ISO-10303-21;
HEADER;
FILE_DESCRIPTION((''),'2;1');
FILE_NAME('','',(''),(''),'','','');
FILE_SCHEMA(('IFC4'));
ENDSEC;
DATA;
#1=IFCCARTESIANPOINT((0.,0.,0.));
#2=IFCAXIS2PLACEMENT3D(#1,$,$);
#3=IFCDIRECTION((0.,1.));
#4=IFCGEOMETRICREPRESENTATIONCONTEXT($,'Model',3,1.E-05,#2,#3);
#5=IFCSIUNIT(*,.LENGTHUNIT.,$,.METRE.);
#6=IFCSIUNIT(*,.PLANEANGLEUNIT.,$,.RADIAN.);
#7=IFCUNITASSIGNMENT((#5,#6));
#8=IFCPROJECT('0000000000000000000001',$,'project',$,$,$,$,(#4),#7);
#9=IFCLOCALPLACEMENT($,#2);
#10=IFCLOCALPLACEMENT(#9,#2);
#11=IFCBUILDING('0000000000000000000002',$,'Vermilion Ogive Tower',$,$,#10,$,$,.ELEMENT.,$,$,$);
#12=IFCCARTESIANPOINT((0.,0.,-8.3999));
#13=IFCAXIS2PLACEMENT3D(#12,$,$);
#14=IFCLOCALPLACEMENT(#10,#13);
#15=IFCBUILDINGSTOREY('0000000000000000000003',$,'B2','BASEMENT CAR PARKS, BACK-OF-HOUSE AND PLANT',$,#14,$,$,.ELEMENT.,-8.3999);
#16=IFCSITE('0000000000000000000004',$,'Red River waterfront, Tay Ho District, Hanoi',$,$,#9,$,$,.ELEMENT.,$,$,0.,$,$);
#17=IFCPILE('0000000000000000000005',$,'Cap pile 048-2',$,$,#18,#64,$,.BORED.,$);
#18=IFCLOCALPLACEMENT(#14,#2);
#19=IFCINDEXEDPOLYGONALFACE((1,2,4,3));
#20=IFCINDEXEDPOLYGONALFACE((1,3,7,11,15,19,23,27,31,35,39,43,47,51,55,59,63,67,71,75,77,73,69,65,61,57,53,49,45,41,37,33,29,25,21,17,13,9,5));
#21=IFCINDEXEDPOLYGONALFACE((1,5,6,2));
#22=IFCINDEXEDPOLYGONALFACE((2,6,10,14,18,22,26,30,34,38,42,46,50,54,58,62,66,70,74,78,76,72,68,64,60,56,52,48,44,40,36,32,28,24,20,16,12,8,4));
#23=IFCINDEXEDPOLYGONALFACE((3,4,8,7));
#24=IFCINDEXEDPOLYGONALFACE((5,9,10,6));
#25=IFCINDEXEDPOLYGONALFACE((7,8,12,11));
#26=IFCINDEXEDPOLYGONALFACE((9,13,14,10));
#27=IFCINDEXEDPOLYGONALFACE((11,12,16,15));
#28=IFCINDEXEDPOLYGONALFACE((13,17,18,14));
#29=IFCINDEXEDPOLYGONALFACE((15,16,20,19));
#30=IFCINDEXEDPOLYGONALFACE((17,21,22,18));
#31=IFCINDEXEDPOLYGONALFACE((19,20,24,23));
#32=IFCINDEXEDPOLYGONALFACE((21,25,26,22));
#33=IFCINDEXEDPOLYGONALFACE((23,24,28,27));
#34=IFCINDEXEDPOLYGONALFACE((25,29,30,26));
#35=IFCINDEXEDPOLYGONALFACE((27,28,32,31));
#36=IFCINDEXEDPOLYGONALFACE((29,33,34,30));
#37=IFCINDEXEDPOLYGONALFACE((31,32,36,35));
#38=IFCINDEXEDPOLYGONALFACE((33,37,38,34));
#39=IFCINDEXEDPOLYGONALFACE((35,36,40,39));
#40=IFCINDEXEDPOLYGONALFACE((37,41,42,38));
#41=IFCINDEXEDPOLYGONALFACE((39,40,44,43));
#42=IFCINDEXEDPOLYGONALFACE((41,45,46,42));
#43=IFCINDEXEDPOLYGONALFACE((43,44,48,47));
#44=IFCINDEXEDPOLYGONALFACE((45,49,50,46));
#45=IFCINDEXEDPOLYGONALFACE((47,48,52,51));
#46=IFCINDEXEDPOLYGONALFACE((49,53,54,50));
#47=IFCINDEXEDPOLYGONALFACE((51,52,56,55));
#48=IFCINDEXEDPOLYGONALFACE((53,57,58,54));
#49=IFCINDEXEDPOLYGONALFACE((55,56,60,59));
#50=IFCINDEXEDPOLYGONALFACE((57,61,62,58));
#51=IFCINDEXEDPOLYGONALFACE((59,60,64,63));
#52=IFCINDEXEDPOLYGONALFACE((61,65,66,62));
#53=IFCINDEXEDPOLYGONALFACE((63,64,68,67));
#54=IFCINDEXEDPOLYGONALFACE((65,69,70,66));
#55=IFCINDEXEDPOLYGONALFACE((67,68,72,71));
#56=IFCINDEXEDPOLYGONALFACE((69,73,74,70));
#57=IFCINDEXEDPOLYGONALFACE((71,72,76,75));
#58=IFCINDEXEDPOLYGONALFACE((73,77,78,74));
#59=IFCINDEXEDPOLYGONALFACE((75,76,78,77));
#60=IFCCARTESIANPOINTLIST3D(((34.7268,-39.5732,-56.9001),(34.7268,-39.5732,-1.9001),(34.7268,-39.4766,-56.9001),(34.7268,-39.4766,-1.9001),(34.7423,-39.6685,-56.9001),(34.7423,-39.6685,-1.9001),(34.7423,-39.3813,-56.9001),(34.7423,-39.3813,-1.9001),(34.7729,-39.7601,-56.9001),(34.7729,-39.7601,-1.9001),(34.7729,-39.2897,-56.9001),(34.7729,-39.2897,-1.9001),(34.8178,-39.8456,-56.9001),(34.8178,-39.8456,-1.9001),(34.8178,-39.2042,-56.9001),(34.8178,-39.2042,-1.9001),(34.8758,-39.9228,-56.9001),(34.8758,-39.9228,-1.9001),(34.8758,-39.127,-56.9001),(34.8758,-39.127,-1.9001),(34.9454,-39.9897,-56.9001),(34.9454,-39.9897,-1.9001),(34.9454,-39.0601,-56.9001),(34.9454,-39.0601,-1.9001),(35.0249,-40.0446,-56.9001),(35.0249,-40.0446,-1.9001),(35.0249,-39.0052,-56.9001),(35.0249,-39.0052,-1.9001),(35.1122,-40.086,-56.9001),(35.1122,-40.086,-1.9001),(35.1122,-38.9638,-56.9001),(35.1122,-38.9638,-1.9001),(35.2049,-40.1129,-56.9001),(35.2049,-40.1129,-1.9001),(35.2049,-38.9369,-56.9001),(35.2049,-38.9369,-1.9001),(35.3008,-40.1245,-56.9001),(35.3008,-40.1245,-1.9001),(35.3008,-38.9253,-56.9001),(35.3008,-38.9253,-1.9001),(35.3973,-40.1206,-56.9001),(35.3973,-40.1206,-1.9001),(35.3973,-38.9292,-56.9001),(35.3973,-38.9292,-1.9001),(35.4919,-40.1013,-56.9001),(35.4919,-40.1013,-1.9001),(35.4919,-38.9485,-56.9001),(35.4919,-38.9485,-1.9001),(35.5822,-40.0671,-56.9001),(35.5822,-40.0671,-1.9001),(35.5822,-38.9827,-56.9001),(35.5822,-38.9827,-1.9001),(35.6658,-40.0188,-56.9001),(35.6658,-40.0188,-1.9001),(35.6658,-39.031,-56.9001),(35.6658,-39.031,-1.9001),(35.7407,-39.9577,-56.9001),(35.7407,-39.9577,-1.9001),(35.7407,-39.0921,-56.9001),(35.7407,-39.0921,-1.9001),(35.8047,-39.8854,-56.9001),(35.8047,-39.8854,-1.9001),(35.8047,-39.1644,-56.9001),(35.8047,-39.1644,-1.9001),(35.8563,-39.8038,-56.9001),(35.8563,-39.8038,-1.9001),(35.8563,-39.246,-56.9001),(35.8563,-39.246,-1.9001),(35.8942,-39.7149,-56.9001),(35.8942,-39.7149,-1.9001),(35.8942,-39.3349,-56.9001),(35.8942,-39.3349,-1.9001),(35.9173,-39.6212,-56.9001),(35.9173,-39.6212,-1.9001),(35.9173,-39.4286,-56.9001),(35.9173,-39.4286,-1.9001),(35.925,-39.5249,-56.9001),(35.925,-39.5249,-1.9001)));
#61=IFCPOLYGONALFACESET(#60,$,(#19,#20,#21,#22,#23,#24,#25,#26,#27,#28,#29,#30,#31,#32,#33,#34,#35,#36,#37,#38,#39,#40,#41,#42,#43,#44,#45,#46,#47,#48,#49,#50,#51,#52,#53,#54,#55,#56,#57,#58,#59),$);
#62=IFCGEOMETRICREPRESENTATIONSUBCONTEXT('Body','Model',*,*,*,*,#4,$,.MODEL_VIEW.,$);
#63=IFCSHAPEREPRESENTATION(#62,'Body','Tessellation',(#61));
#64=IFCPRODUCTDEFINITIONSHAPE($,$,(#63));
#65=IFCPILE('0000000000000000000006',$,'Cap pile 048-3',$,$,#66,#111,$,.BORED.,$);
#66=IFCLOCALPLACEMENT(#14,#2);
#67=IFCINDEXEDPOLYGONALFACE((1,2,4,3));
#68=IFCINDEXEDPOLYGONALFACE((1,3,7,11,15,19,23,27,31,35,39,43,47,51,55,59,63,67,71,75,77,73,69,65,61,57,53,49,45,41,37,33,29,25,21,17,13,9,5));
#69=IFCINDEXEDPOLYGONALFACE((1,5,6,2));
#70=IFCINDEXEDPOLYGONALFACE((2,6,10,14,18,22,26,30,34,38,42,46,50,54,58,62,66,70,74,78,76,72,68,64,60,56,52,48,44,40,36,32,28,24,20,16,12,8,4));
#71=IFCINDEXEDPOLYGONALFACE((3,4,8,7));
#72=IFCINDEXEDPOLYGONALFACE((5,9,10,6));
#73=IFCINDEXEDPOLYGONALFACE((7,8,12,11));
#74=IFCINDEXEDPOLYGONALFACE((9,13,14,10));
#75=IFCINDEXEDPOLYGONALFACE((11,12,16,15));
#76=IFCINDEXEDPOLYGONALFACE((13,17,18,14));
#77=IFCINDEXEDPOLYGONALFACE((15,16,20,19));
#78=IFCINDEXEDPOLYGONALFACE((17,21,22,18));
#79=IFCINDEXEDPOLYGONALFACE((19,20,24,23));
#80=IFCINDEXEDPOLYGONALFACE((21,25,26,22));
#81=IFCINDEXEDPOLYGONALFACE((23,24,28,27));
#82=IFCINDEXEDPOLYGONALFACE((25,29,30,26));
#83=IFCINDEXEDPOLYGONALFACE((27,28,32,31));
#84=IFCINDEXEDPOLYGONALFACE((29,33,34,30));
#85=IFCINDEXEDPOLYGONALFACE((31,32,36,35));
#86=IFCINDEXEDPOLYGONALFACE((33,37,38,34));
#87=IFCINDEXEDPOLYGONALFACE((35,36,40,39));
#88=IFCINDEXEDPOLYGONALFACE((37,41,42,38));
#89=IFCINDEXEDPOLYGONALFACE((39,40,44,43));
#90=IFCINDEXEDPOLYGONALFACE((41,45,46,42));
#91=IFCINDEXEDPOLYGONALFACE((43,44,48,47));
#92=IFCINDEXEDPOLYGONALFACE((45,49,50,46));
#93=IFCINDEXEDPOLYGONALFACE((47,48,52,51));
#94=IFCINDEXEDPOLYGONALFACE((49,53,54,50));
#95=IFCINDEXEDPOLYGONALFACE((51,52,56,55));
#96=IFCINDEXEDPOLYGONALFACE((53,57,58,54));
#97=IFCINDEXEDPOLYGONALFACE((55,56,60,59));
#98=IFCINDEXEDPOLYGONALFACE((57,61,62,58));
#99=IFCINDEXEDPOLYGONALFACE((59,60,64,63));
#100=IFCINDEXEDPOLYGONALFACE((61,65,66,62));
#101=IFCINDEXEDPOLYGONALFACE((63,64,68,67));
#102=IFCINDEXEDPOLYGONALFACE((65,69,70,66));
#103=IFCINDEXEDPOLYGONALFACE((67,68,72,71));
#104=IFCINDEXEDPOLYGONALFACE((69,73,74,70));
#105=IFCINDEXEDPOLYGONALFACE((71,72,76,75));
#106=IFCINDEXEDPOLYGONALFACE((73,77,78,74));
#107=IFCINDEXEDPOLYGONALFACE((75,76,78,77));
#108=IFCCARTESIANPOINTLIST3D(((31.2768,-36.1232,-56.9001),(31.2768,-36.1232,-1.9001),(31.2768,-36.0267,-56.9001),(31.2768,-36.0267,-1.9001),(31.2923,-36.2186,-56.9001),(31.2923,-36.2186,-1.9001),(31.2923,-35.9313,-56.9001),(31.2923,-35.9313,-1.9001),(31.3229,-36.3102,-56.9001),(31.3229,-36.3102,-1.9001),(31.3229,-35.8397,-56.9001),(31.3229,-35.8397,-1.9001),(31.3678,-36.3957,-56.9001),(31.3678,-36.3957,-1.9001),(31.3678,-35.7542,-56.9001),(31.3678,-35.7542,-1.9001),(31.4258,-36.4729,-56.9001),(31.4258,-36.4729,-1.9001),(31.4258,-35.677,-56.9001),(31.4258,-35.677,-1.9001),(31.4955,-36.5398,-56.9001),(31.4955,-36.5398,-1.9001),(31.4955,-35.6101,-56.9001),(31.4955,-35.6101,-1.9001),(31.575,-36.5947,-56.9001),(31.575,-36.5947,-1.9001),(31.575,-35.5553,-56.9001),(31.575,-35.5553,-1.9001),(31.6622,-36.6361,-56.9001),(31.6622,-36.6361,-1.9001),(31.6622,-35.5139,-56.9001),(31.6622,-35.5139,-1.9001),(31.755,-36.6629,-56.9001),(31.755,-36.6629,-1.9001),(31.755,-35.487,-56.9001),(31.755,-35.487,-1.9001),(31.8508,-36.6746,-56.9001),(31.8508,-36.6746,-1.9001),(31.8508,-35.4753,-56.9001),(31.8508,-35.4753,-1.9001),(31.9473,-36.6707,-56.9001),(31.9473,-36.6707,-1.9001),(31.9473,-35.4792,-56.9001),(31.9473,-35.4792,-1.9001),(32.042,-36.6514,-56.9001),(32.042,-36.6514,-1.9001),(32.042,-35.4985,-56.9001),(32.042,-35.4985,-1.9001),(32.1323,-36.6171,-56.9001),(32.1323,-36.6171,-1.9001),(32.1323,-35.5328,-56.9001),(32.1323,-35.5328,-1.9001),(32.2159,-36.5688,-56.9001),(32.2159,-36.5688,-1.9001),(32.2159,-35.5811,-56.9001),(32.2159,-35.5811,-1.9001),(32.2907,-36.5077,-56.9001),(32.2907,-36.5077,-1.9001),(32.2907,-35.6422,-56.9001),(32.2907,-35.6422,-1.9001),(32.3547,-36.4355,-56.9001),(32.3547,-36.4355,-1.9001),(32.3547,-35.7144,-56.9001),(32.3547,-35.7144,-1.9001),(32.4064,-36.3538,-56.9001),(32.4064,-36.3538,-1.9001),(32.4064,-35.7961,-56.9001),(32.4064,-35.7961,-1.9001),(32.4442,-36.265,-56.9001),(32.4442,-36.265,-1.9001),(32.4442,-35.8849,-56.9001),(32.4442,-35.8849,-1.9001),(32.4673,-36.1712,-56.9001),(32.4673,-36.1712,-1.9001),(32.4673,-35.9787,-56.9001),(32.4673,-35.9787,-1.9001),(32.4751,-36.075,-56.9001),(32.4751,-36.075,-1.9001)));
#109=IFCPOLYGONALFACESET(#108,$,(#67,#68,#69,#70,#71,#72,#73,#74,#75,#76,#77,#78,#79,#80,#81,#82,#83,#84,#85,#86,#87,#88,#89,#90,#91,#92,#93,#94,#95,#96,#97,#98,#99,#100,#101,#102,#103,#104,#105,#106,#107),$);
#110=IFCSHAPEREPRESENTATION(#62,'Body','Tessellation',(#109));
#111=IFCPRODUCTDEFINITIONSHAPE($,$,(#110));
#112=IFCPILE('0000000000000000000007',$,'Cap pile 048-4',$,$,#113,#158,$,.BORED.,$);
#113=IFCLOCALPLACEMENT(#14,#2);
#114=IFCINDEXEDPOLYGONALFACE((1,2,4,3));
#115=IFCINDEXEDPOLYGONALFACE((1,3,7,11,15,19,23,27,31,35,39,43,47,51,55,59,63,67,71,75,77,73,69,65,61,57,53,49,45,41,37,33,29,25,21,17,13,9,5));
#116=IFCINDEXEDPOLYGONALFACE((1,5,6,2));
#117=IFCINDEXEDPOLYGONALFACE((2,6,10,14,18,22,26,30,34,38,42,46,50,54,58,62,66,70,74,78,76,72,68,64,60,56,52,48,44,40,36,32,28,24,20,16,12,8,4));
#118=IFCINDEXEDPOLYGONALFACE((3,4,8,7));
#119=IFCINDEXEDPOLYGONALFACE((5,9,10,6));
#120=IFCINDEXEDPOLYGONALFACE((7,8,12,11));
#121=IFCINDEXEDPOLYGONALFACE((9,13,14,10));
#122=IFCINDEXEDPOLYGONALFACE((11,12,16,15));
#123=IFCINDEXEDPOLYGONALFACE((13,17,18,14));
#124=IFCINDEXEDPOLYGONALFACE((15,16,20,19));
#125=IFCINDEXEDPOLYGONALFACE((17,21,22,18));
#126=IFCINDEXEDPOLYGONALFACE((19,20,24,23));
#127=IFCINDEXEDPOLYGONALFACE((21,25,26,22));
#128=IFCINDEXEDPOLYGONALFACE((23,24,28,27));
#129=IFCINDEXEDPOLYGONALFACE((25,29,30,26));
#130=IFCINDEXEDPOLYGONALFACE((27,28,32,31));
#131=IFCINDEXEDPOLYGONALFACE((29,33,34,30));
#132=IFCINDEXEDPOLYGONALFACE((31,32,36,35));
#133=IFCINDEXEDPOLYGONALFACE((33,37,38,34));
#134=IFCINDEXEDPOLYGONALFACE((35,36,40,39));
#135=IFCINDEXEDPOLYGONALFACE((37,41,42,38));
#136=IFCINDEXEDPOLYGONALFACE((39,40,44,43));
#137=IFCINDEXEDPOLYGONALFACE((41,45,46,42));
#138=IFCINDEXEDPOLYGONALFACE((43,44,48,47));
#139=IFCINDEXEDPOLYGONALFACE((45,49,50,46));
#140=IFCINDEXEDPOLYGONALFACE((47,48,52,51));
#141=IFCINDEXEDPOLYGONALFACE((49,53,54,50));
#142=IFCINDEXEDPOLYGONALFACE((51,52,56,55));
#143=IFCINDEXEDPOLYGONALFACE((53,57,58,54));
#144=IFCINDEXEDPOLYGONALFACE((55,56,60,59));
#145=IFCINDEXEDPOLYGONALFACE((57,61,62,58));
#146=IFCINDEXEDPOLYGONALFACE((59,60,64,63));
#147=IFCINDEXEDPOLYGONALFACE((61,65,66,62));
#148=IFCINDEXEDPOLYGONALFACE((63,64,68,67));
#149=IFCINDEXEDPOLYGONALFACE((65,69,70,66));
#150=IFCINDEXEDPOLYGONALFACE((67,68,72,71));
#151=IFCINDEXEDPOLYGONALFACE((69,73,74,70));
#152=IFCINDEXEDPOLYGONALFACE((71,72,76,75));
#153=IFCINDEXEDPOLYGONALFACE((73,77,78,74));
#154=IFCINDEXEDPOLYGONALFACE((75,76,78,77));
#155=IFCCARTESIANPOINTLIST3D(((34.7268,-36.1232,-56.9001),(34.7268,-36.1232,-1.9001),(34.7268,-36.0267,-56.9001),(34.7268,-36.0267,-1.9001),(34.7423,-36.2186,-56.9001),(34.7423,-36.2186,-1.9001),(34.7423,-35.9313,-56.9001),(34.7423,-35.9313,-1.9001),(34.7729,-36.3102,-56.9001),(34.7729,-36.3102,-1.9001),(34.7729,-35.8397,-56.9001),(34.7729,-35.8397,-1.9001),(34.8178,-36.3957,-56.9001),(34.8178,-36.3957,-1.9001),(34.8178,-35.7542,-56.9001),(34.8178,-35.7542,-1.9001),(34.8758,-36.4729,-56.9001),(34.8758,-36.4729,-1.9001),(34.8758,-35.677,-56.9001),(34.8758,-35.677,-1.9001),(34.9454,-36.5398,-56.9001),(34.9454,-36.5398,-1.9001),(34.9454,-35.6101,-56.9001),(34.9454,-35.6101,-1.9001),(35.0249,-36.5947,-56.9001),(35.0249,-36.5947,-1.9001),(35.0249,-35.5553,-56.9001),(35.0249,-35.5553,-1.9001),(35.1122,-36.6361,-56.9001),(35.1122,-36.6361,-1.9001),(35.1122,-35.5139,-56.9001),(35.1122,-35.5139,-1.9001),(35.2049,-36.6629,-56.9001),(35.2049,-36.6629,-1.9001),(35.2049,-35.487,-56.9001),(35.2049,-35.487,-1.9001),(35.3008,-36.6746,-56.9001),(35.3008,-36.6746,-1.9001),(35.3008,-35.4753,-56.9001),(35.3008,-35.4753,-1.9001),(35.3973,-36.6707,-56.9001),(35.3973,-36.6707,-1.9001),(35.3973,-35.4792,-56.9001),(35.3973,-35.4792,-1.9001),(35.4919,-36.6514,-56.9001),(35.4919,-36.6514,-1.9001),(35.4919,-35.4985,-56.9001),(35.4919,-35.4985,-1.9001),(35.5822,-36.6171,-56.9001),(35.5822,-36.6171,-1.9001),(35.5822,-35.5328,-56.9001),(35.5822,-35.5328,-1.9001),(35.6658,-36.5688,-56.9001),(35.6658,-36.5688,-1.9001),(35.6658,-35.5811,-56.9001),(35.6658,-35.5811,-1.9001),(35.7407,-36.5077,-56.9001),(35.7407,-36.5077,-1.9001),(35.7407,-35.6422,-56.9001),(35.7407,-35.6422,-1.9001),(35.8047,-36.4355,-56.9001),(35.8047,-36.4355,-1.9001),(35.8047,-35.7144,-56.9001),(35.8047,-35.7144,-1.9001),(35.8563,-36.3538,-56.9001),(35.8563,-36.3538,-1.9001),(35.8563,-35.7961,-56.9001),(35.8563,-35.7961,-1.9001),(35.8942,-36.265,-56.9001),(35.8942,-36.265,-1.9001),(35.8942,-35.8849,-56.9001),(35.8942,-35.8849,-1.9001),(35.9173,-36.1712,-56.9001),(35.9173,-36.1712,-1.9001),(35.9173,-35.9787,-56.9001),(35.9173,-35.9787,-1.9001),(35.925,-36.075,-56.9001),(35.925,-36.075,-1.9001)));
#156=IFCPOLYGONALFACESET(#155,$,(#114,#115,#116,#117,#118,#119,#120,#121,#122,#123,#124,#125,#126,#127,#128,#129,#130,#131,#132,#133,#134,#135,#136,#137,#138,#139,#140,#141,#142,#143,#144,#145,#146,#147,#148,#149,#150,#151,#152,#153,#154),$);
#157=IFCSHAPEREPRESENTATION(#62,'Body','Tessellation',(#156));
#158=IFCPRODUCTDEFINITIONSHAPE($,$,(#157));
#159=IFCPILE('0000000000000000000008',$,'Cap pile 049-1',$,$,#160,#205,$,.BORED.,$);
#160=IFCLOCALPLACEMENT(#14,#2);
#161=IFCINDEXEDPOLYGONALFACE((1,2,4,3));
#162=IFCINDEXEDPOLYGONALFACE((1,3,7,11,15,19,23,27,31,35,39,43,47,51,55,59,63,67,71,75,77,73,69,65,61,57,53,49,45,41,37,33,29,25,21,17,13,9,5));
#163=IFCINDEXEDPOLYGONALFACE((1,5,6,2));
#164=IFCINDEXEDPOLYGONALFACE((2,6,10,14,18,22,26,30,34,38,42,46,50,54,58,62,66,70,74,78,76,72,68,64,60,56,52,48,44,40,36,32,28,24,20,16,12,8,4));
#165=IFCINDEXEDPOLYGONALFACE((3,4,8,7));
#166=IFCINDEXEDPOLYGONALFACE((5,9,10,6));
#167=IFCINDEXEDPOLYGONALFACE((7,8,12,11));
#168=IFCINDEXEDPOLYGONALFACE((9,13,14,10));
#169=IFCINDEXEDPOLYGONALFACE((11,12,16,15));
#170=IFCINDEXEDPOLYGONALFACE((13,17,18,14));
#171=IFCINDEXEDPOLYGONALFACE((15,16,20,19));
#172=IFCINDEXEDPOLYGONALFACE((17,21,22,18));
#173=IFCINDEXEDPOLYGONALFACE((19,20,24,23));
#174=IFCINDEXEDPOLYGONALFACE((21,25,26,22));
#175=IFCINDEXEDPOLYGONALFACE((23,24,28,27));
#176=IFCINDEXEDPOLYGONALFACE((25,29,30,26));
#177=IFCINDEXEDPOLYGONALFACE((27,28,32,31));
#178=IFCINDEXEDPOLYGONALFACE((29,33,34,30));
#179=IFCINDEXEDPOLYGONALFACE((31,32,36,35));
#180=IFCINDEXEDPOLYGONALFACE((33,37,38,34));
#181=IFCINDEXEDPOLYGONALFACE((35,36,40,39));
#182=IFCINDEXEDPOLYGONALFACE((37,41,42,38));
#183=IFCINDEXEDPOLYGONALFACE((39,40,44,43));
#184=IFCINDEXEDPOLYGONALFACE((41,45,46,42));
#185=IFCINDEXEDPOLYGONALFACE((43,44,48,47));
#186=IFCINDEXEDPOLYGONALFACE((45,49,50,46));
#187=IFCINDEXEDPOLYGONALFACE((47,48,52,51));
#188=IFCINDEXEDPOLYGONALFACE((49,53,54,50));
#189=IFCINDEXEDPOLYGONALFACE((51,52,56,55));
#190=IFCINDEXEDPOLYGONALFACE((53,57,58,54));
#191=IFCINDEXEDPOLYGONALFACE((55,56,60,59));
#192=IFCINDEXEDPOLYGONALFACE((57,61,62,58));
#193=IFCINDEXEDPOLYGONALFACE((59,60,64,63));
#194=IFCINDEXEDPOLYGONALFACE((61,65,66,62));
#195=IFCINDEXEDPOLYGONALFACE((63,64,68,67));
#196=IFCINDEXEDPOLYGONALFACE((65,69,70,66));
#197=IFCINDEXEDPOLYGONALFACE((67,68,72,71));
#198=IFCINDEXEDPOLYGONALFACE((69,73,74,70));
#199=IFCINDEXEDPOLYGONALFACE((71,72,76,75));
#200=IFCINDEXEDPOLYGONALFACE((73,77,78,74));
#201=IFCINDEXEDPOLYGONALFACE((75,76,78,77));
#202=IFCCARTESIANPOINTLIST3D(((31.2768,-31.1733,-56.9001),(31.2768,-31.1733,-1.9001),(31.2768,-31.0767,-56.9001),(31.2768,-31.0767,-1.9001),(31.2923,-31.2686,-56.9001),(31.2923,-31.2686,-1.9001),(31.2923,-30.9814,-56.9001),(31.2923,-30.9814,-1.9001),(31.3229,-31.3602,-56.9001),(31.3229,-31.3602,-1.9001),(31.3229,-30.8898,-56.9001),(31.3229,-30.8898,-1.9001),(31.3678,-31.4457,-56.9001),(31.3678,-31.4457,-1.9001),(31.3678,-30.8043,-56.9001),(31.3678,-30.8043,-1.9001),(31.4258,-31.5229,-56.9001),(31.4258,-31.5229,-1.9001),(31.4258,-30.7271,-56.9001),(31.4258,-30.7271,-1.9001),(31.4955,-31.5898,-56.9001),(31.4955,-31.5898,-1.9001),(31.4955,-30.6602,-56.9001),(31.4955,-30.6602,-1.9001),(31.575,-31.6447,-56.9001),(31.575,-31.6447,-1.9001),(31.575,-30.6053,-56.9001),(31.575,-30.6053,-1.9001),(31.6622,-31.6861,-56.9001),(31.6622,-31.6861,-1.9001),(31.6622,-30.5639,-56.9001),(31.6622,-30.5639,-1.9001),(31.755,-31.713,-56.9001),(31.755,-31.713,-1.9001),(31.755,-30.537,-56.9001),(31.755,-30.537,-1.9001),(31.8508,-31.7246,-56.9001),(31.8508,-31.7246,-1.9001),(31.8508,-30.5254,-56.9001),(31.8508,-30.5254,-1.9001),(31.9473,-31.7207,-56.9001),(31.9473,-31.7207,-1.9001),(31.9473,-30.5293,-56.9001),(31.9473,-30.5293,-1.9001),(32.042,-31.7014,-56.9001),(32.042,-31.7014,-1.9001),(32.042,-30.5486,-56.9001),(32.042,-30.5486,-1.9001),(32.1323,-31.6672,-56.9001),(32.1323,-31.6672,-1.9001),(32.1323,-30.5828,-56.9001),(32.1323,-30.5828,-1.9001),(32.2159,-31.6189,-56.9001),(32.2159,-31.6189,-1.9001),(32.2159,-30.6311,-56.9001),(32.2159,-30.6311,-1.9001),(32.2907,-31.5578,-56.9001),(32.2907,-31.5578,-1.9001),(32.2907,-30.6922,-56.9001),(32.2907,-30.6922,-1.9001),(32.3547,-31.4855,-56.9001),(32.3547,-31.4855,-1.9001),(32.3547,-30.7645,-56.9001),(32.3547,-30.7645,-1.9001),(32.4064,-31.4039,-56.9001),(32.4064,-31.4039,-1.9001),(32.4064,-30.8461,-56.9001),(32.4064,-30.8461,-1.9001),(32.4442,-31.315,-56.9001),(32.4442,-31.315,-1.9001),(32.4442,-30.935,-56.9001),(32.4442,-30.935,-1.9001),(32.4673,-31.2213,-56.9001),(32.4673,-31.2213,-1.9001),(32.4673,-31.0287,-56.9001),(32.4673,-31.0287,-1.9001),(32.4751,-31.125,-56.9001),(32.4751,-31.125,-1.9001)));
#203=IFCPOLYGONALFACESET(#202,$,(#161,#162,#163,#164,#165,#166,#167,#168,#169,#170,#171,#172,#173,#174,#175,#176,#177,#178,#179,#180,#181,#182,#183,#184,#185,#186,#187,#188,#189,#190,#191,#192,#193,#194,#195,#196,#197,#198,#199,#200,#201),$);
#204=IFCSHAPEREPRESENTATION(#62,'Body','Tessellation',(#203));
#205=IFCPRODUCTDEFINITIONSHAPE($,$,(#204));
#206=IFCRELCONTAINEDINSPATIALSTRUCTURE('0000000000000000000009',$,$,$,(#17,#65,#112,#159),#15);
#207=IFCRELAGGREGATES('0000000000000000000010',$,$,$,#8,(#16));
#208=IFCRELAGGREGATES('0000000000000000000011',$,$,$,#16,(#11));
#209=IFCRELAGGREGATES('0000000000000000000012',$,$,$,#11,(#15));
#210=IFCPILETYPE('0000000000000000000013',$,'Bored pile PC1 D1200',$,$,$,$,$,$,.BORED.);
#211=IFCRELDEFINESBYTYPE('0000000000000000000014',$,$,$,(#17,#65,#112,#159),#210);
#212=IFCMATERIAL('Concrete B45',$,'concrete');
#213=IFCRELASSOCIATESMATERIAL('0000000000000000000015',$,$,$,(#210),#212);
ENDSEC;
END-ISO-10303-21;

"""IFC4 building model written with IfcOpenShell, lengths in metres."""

from ifc_helpers import new_model, si_unit, direction, frame, origin, origin_2d, place, context, subcontext, project, spatial, circle, extrude, material, type_object, element, save


model = new_model("IFC4")

# Units and contexts
model_context = context("Model", 3, precision=1e-05, world=origin(), true_north=direction((0.0, 1.0)))
body_context = subcontext(model_context, "Body", "Model", "MODEL_VIEW")
ifc_project = project(units=[si_unit("LENGTHUNIT", "METRE"), si_unit("PLANEANGLEUNIT", "RADIAN")], contexts=[model_context])

# Site, building, storey
site_placement = place(None, origin())
site = spatial("IfcSite", under=ifc_project, at=site_placement, Name="Red River waterfront, Tay Ho District, Hanoi", CompositionType="ELEMENT", RefElevation=0.0)
building_placement = place(site_placement, origin())
building = spatial("IfcBuilding", under=site, at=building_placement, Name="Vermilion Ogive Tower", CompositionType="ELEMENT")
storey_placement = place(building_placement, frame((0.0, 0.0, -8.3999)))
storey = spatial("IfcBuildingStorey", under=building, at=storey_placement, Name="B2", Description="BASEMENT CAR PARKS, BACK-OF-HOUSE AND PLANT", CompositionType="ELEMENT", Elevation=-8.3999)

# Piles
ifc_material_1 = material(Name="Concrete B45", Category="concrete")
pile_type = type_object("IfcPileType", Name="Bored pile PC1 D1200", PredefinedType="BORED", material=ifc_material_1)
for number, where, z_axis, x_axis, name in (
    (1, (35.325, -39.5249, -1.9001), (0.0, 0.0, -1.0), (1.0, 0.0, 0.0), "Cap pile 048-2"),
    (2, (31.875, -36.075, -1.9001), (0.0, 0.0, -1.0), (1.0, 0.0, 0.0), "Cap pile 048-3"),
    (3, (35.325, -36.075, -1.9001), (0.0, 0.0, -1.0), (1.0, 0.0, 0.0), "Cap pile 048-4"),
    (4, (31.875, -31.125, -1.9001), (0.0, 0.0, -1.0), (1.0, 0.0, 0.0), "Cap pile 049-1"),
):
    element("IfcPile", number, at=place(storey_placement, frame(where, z_axis=z_axis, x_axis=x_axis)), inside=storey, type_object=pile_type, Name=name, PredefinedType="BORED", context=body_context, shape_type="SweptSolid", body=[
        extrude(circle(Radius=0.6001, at=origin_2d()), origin(), (0.0, 0.0, 1.0), 55.0),
    ])

save(model, "model.ifc")
